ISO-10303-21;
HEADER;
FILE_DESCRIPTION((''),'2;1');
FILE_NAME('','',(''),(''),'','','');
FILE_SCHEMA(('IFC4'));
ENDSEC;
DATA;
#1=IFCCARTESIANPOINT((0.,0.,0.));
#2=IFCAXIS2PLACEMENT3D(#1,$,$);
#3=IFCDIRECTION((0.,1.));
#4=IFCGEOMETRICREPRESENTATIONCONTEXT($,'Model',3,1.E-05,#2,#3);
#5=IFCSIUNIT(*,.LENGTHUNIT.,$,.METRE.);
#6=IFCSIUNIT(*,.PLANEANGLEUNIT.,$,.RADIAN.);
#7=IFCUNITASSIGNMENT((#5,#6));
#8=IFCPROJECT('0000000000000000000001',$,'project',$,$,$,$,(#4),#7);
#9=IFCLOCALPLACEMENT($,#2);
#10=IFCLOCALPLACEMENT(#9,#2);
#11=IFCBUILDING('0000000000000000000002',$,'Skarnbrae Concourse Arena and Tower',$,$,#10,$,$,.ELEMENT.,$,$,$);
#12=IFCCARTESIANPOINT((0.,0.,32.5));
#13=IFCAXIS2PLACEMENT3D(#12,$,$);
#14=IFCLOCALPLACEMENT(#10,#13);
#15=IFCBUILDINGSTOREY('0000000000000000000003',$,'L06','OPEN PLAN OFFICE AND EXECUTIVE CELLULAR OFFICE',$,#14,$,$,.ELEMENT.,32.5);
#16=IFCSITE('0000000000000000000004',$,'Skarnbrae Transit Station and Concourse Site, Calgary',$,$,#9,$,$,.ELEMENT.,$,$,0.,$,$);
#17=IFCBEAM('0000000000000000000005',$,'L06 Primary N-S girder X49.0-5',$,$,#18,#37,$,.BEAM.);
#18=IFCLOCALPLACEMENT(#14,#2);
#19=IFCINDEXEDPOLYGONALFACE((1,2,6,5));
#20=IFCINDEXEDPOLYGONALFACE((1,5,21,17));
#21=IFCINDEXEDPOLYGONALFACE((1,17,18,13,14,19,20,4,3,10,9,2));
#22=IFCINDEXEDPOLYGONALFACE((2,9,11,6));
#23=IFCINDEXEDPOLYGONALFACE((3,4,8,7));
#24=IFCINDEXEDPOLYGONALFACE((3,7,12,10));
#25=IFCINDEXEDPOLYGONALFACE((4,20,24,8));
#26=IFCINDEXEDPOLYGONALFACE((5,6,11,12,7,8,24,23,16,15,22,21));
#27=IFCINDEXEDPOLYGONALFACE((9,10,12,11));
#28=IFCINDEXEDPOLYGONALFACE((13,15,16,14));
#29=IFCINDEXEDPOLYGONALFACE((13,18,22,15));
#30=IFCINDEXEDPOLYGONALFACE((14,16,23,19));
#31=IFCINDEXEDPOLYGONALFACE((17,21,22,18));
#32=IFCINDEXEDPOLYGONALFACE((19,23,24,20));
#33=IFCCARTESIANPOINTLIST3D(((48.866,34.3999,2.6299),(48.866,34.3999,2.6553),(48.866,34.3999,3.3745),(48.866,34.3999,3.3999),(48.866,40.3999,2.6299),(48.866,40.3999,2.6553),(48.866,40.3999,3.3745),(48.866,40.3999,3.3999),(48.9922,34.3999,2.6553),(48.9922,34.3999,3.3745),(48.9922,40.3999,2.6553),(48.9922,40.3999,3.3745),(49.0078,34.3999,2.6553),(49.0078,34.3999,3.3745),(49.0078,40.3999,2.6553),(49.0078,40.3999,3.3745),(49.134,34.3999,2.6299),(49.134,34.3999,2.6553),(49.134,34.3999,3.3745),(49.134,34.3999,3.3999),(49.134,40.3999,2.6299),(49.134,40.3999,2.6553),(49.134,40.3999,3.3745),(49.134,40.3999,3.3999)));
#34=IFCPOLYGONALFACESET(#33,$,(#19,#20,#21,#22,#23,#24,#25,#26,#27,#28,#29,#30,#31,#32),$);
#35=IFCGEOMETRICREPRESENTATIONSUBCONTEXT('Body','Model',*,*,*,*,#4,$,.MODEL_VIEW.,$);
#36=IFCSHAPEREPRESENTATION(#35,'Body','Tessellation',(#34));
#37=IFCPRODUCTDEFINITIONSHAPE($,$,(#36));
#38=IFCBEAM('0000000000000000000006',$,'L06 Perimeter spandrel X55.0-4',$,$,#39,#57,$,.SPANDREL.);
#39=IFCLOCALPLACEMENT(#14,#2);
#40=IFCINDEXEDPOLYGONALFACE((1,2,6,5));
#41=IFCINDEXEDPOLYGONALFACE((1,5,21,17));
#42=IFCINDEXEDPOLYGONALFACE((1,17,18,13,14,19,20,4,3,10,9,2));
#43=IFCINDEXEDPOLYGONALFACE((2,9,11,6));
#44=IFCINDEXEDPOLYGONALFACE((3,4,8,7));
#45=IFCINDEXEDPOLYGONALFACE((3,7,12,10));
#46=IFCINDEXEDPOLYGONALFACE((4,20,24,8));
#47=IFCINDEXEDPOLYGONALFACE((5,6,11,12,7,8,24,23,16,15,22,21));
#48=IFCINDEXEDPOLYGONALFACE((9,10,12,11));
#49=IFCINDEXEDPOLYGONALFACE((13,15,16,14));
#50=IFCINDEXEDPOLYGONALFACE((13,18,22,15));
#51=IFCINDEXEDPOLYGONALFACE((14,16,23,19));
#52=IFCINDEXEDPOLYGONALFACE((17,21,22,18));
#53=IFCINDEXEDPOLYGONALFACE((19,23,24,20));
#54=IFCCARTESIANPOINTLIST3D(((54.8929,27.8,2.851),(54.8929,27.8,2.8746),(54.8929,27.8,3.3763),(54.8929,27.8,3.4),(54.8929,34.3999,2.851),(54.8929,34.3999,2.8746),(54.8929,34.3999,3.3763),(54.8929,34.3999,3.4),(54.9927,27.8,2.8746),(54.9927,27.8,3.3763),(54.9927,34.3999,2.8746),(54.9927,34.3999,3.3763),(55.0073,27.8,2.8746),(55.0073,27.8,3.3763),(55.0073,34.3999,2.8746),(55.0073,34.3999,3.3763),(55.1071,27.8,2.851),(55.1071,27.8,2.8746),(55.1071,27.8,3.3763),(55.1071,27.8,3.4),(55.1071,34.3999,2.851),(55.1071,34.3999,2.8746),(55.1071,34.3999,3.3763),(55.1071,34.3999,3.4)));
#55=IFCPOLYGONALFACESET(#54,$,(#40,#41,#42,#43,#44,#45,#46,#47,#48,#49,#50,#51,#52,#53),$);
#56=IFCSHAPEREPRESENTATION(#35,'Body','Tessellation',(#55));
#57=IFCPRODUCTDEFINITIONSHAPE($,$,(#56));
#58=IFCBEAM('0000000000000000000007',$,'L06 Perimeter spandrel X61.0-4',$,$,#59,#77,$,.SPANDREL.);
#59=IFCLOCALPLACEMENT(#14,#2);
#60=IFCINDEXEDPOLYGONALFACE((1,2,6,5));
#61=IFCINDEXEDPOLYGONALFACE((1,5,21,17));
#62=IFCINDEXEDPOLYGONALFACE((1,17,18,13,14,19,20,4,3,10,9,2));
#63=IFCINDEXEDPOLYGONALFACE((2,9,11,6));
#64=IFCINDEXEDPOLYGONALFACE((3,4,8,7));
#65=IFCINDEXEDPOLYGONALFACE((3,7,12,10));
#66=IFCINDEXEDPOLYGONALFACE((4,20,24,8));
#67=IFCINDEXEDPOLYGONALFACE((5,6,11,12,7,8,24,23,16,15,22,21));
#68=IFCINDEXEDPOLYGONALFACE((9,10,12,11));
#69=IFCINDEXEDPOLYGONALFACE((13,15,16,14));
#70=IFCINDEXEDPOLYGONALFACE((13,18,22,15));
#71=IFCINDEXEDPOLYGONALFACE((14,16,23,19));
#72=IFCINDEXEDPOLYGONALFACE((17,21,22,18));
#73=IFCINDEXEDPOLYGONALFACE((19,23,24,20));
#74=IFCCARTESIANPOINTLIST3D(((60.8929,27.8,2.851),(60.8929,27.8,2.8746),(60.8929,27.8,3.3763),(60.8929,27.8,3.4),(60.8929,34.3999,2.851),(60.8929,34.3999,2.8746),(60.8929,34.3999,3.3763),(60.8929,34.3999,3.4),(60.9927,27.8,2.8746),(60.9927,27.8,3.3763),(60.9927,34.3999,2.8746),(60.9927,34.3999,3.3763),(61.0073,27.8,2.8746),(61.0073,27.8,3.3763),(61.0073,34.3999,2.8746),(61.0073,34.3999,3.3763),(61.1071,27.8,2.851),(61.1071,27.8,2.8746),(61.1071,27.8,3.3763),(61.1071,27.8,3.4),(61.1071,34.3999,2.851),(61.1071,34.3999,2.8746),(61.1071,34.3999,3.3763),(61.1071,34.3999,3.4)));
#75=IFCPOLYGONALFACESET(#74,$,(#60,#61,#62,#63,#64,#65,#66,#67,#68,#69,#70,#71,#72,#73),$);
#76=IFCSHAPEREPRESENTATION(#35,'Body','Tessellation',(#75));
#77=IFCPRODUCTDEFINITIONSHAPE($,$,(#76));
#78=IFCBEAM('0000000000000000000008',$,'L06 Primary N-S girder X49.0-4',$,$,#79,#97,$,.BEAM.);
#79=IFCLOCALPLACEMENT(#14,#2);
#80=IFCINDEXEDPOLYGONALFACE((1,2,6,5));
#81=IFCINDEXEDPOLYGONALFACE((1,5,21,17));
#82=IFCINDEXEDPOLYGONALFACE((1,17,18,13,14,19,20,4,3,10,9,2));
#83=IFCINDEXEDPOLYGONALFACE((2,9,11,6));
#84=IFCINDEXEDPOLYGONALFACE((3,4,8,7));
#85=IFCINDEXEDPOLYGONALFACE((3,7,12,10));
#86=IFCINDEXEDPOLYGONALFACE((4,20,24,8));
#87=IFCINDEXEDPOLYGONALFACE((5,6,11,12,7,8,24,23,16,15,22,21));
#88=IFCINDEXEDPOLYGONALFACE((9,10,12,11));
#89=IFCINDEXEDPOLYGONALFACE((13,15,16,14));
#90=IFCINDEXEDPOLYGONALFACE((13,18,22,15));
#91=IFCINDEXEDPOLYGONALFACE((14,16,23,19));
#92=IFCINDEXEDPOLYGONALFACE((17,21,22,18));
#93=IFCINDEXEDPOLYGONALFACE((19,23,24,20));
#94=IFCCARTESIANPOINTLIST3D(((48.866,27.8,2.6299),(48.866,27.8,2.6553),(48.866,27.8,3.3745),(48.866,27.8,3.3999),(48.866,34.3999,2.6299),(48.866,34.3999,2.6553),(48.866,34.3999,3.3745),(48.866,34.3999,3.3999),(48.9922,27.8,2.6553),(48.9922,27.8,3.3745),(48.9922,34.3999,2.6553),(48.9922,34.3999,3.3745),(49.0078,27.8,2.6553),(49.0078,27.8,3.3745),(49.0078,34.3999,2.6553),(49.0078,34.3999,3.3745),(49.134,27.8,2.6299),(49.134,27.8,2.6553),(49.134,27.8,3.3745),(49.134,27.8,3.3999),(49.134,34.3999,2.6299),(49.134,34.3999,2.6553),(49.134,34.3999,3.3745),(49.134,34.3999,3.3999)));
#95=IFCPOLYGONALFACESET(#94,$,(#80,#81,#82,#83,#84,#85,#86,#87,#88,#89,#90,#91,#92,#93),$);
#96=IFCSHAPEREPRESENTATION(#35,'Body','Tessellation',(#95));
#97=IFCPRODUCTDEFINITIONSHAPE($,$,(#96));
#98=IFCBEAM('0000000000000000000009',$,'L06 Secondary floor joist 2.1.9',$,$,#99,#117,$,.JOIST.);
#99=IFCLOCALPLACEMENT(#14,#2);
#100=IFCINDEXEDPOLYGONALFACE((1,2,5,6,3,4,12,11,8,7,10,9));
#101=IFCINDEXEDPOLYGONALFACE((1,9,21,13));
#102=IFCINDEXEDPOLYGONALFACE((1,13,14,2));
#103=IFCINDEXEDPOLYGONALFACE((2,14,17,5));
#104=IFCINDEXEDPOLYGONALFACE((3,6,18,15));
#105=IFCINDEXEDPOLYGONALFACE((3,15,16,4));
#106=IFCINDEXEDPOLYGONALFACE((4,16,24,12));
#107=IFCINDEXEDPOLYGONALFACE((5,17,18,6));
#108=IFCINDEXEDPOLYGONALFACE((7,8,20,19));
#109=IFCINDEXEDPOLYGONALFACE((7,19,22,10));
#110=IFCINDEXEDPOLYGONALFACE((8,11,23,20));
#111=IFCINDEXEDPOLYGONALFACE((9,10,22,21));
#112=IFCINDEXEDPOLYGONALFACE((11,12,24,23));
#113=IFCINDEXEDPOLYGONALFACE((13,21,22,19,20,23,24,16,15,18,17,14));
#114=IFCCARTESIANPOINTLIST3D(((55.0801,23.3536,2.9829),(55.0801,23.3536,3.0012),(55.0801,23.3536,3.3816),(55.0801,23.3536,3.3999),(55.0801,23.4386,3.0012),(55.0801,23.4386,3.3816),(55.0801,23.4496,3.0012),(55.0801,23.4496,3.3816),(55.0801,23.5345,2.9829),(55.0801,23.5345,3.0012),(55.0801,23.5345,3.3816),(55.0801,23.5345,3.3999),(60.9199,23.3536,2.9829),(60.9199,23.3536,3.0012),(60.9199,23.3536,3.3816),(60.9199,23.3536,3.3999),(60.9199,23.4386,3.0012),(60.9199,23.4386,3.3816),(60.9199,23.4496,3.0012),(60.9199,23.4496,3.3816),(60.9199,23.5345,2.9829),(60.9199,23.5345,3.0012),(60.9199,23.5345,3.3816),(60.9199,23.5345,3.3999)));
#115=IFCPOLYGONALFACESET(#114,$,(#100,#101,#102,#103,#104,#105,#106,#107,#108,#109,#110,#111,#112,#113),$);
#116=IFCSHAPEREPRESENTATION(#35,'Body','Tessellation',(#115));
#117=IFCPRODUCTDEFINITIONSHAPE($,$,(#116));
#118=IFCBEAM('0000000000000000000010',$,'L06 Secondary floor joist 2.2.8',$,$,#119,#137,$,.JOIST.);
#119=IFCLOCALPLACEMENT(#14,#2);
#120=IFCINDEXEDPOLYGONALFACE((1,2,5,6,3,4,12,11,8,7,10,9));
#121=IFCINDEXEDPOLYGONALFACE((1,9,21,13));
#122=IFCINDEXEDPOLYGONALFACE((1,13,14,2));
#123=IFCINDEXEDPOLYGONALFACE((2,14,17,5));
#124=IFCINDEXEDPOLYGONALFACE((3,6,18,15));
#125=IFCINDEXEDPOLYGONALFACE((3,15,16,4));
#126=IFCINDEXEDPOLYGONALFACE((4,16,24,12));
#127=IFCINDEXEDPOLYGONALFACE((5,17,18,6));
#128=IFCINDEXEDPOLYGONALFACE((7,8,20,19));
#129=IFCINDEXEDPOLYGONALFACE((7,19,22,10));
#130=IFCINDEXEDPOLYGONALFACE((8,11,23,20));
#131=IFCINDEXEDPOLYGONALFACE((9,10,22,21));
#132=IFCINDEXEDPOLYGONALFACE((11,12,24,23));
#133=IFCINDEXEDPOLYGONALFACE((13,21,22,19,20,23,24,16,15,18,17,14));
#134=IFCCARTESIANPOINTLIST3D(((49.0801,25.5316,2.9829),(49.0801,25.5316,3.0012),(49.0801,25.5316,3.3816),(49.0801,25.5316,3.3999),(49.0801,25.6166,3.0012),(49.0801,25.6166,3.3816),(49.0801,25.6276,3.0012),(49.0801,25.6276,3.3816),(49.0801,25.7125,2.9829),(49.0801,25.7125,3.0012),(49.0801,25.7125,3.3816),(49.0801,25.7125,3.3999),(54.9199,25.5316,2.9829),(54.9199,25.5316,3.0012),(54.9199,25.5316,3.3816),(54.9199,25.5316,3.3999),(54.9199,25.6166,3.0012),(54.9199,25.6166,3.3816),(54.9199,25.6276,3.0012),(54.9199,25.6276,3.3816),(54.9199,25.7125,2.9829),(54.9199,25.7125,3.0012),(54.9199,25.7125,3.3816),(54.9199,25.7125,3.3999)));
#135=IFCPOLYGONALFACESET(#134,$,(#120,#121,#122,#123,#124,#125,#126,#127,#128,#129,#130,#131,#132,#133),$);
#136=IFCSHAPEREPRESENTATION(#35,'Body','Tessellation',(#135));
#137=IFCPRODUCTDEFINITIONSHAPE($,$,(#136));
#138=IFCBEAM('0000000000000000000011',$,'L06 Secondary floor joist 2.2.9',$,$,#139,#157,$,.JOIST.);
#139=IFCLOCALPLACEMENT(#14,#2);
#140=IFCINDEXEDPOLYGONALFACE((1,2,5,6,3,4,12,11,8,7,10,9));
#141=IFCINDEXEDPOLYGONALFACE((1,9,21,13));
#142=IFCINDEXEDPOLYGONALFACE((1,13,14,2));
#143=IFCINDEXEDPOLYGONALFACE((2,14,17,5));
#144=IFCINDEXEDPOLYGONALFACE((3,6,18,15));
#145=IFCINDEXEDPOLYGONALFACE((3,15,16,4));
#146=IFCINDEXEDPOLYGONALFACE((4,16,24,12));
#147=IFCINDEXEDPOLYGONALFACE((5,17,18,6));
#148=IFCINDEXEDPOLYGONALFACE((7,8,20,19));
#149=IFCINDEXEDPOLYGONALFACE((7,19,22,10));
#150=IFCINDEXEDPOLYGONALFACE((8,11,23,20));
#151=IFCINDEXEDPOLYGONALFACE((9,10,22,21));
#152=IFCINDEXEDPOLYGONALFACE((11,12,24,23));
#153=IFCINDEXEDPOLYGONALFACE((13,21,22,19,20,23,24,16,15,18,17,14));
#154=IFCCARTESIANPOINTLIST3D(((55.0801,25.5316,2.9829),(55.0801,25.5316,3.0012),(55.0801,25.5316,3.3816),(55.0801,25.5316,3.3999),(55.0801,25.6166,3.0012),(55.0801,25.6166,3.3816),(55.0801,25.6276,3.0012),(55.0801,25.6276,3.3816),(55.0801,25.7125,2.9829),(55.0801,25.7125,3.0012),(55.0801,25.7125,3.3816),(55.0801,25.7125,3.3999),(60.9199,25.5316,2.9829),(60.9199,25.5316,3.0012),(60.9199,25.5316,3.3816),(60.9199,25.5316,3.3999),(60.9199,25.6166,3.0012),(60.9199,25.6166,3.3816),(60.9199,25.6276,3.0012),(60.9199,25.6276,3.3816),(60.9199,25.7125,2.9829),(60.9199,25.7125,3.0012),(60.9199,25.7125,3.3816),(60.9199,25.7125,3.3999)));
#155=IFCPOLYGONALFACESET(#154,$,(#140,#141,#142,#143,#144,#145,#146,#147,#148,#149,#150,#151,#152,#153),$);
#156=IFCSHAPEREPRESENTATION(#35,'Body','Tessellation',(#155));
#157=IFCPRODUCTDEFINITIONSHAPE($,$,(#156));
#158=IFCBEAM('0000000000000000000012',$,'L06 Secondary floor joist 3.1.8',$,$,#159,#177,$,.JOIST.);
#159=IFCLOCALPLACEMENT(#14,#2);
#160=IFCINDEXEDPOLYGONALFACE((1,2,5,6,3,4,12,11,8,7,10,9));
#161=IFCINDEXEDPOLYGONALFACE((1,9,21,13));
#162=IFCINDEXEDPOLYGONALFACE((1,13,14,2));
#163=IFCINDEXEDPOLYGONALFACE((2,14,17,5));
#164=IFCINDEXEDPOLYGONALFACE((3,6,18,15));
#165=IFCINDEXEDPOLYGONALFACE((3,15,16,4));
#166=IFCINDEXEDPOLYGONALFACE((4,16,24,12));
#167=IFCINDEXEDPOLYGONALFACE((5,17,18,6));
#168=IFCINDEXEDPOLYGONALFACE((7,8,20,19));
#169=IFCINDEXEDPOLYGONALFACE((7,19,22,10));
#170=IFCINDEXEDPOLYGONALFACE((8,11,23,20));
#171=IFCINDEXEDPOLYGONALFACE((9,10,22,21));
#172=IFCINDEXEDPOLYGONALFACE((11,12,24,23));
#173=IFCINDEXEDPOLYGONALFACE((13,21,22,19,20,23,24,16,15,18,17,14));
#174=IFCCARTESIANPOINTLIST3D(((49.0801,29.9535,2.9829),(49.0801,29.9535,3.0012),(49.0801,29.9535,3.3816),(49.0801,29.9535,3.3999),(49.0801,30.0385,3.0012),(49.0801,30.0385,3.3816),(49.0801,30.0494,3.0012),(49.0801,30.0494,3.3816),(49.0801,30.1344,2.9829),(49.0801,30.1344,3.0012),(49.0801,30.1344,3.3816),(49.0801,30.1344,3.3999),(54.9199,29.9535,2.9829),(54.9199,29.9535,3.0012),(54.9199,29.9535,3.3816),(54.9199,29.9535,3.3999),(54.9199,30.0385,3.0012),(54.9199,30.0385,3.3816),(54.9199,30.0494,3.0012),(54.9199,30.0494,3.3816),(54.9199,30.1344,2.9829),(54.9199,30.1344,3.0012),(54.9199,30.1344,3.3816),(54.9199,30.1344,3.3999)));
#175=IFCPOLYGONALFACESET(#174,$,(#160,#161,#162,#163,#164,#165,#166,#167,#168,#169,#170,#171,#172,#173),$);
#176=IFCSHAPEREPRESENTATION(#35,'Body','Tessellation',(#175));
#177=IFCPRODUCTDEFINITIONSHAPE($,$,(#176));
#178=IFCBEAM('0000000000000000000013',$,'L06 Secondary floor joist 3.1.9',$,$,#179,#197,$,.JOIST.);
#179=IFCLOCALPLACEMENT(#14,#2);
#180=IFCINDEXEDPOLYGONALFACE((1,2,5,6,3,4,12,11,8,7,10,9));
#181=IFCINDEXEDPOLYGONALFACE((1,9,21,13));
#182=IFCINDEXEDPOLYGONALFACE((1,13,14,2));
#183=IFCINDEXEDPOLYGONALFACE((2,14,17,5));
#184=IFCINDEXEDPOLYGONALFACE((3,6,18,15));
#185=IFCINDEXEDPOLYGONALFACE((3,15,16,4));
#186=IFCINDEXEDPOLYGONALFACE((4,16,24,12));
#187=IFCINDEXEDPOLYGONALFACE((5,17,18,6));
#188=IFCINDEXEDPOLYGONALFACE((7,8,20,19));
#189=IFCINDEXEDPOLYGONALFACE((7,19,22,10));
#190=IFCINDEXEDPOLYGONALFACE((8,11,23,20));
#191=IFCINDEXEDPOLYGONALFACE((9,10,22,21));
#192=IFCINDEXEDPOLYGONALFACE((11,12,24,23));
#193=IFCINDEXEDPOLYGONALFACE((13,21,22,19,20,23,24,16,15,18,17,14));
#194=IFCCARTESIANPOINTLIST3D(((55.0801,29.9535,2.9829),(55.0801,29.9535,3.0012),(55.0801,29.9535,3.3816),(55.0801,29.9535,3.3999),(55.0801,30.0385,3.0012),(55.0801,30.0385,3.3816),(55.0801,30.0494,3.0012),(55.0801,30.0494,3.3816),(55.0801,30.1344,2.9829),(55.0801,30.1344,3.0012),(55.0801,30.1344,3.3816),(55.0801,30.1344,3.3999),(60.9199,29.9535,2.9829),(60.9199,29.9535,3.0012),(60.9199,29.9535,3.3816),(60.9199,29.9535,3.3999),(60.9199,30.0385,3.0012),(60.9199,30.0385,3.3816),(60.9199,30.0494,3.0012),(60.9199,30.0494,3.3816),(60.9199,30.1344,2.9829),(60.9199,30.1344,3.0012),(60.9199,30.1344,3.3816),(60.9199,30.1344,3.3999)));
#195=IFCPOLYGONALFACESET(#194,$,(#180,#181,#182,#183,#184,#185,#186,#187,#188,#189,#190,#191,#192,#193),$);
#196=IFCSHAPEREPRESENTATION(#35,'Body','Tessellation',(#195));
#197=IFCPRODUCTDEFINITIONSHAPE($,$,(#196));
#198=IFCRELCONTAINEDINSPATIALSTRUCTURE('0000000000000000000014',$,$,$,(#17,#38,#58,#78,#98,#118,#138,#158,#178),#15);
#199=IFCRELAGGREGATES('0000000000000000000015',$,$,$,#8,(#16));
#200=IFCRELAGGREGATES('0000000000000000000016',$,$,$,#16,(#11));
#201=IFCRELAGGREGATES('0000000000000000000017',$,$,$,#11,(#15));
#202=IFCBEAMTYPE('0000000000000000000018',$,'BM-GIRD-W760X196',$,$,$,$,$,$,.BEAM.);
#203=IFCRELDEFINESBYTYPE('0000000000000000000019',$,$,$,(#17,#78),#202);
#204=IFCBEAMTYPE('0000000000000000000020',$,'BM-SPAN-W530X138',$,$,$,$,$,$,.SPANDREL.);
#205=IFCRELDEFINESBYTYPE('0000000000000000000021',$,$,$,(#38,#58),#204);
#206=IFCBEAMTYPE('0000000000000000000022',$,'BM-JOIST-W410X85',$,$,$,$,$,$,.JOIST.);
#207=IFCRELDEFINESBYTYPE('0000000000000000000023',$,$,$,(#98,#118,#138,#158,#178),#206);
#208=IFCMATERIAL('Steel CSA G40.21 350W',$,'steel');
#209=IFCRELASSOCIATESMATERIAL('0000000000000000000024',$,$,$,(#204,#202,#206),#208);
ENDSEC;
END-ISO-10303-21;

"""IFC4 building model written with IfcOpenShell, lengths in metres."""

from ifc_helpers import new_model, si_unit, direction, frame, origin, origin_2d, place, context, subcontext, project, spatial, i_section, extrude, source, transform, mapped, material, material_profile, profile_set, type_object, element, save


model = new_model("IFC4")

# Units and contexts
model_context = context("Model", 3, precision=1e-05, world=origin(), true_north=direction((0.0, 1.0)))
body_context = subcontext(model_context, "Body", "Model", "MODEL_VIEW")
ifc_project = project(units=[si_unit("LENGTHUNIT", "METRE"), si_unit("PLANEANGLEUNIT", "RADIAN")], contexts=[model_context])

# Site, building, storey
site_placement = place(None, origin())
site = spatial("IfcSite", under=ifc_project, at=site_placement, Name="Skarnbrae Transit Station and Concourse Site, Calgary", CompositionType="ELEMENT", RefElevation=0.0)
building_placement = place(site_placement, origin())
building = spatial("IfcBuilding", under=site, at=building_placement, Name="Skarnbrae Concourse Arena and Tower", CompositionType="ELEMENT")
storey_placement = place(building_placement, frame((0.0, 0.0, 32.5)))
storey = spatial("IfcBuildingStorey", under=building, at=storey_placement, Name="L06", Description="OPEN PLAN OFFICE AND EXECUTIVE CELLULAR OFFICE", CompositionType="ELEMENT", Elevation=32.5)

# Shared definitions
ifc_material_1 = material(Name="Steel CSA G40.21 350W", Category="steel")

# Beams
ifc_material_profile_1 = material_profile(ifc_material_1, i_section(OverallWidth=0.2141, OverallDepth=0.5491, WebThickness=0.0146, FlangeThickness=0.0237, at=origin_2d()), Name="W530X138")
ifc_profile_set_1 = profile_set([ifc_material_profile_1], Name="Steel CSA G40.21 350W")
beam_type_1 = type_object("IfcBeamType", Name="BM-SPAN-W530X138", PredefinedType="SPANDREL", material=ifc_profile_set_1)
ifc_material_profile_2 = material_profile(ifc_material_1, i_section(OverallWidth=0.2681, OverallDepth=0.77, WebThickness=0.0156, FlangeThickness=0.0254, at=origin_2d()), Name="W760X196")
ifc_profile_set_2 = profile_set([ifc_material_profile_2], Name="Steel CSA G40.21 350W")
beam_type_2 = type_object("IfcBeamType", Name="BM-GIRD-W760X196", PredefinedType="BEAM", material=ifc_profile_set_2)
shared_shape_1 = source(origin(), body_context, "Body", "SweptSolid", [
    extrude(i_section(OverallWidth=0.2681, OverallDepth=0.77, WebThickness=0.0156, FlangeThickness=0.0254, at=origin_2d()), origin(), (0.0, 0.0, 1.0), 6.0),
])
for number, where, z_axis, x_axis, name in (
    (1, (49.0, 34.3999, 3.0149), (0.0, 1.0, 0.0), (-1.0, 0.0, 0.0), "L06 Primary N-S girder X49.0-5"),
):
    element("IfcBeam", number, at=place(storey_placement, frame(where, z_axis=z_axis, x_axis=x_axis)), inside=storey, type_object=beam_type_2, Name=name, PredefinedType="BEAM", context=body_context, shape_type="MappedRepresentation", body=[
        mapped(shared_shape_1, transform((0.0, 0.0, 0.0))),
    ])
shared_shape_2 = source(origin(), body_context, "Body", "SweptSolid", [
    extrude(i_section(OverallWidth=0.2141, OverallDepth=0.5491, WebThickness=0.0146, FlangeThickness=0.0237, at=origin_2d()), origin(), (0.0, 0.0, 1.0), 6.5999),
])
for number, where, z_axis, x_axis, name in (
    (2, (55.0, 27.8, 3.1255), (0.0, 1.0, 0.0), (-1.0, 0.0, 0.0), "L06 Perimeter spandrel X55.0-4"),
    (3, (61.0, 27.8, 3.1255), (0.0, 1.0, 0.0), (-1.0, 0.0, 0.0), "L06 Perimeter spandrel X61.0-4"),
):
    element("IfcBeam", number, at=place(storey_placement, frame(where, z_axis=z_axis, x_axis=x_axis)), inside=storey, type_object=beam_type_1, Name=name, PredefinedType="SPANDREL", context=body_context, shape_type="MappedRepresentation", body=[
        mapped(shared_shape_2, transform((0.0, 0.0, 0.0))),
    ])
shared_shape_3 = source(origin(), body_context, "Body", "SweptSolid", [
    extrude(i_section(OverallWidth=0.2681, OverallDepth=0.77, WebThickness=0.0156, FlangeThickness=0.0254, at=origin_2d()), origin(), (0.0, 0.0, 1.0), 6.5999),
])
beam_placement = place(storey_placement, frame((49.0, 27.8, 3.0149), z_axis=(0.0, 1.0, 0.0), x_axis=(-1.0, 0.0, 0.0)))
element("IfcBeam", 4, at=beam_placement, inside=storey, type_object=beam_type_2, Name="L06 Primary N-S girder X49.0-4", PredefinedType="BEAM", context=body_context, shape_type="MappedRepresentation", body=[
    mapped(shared_shape_3, transform((0.0, 0.0, 0.0))),
])
ifc_material_profile_3 = material_profile(ifc_material_1, i_section(OverallWidth=0.1809, OverallDepth=0.417, WebThickness=0.011, FlangeThickness=0.0183, at=origin_2d()), Name="W410X85")
ifc_profile_set_3 = profile_set([ifc_material_profile_3], Name="Steel CSA G40.21 350W")
beam_type_3 = type_object("IfcBeamType", Name="BM-JOIST-W410X85", PredefinedType="JOIST", material=ifc_profile_set_3)
shared_shape_4 = source(origin(), body_context, "Body", "SweptSolid", [
    extrude(i_section(OverallWidth=0.1809, OverallDepth=0.417, WebThickness=0.011, FlangeThickness=0.0183, at=origin_2d()), origin(), (0.0, 0.0, 1.0), 5.8398),
])
for number, where, z_axis, x_axis, name in (
    (5, (55.0801, 23.4441, 3.1914), (1.0, 0.0, 0.0), (0.0, 1.0, 0.0), "L06 Secondary floor joist 2.1.9"),
    (6, (49.0801, 25.6221, 3.1914), (1.0, 0.0, 0.0), (0.0, 1.0, 0.0), "L06 Secondary floor joist 2.2.8"),
    (7, (55.0801, 25.6221, 3.1914), (1.0, 0.0, 0.0), (0.0, 1.0, 0.0), "L06 Secondary floor joist 2.2.9"),
    (8, (49.0801, 30.0439, 3.1914), (1.0, 0.0, 0.0), (0.0, 1.0, 0.0), "L06 Secondary floor joist 3.1.8"),
    (9, (55.0801, 30.0439, 3.1914), (1.0, 0.0, 0.0), (0.0, 1.0, 0.0), "L06 Secondary floor joist 3.1.9"),
):
    element("IfcBeam", number, at=place(storey_placement, frame(where, z_axis=z_axis, x_axis=x_axis)), inside=storey, type_object=beam_type_3, Name=name, PredefinedType="JOIST", context=body_context, shape_type="MappedRepresentation", body=[
        mapped(shared_shape_4, transform((0.0, 0.0, 0.0))),
    ])

save(model, "model.ifc")
